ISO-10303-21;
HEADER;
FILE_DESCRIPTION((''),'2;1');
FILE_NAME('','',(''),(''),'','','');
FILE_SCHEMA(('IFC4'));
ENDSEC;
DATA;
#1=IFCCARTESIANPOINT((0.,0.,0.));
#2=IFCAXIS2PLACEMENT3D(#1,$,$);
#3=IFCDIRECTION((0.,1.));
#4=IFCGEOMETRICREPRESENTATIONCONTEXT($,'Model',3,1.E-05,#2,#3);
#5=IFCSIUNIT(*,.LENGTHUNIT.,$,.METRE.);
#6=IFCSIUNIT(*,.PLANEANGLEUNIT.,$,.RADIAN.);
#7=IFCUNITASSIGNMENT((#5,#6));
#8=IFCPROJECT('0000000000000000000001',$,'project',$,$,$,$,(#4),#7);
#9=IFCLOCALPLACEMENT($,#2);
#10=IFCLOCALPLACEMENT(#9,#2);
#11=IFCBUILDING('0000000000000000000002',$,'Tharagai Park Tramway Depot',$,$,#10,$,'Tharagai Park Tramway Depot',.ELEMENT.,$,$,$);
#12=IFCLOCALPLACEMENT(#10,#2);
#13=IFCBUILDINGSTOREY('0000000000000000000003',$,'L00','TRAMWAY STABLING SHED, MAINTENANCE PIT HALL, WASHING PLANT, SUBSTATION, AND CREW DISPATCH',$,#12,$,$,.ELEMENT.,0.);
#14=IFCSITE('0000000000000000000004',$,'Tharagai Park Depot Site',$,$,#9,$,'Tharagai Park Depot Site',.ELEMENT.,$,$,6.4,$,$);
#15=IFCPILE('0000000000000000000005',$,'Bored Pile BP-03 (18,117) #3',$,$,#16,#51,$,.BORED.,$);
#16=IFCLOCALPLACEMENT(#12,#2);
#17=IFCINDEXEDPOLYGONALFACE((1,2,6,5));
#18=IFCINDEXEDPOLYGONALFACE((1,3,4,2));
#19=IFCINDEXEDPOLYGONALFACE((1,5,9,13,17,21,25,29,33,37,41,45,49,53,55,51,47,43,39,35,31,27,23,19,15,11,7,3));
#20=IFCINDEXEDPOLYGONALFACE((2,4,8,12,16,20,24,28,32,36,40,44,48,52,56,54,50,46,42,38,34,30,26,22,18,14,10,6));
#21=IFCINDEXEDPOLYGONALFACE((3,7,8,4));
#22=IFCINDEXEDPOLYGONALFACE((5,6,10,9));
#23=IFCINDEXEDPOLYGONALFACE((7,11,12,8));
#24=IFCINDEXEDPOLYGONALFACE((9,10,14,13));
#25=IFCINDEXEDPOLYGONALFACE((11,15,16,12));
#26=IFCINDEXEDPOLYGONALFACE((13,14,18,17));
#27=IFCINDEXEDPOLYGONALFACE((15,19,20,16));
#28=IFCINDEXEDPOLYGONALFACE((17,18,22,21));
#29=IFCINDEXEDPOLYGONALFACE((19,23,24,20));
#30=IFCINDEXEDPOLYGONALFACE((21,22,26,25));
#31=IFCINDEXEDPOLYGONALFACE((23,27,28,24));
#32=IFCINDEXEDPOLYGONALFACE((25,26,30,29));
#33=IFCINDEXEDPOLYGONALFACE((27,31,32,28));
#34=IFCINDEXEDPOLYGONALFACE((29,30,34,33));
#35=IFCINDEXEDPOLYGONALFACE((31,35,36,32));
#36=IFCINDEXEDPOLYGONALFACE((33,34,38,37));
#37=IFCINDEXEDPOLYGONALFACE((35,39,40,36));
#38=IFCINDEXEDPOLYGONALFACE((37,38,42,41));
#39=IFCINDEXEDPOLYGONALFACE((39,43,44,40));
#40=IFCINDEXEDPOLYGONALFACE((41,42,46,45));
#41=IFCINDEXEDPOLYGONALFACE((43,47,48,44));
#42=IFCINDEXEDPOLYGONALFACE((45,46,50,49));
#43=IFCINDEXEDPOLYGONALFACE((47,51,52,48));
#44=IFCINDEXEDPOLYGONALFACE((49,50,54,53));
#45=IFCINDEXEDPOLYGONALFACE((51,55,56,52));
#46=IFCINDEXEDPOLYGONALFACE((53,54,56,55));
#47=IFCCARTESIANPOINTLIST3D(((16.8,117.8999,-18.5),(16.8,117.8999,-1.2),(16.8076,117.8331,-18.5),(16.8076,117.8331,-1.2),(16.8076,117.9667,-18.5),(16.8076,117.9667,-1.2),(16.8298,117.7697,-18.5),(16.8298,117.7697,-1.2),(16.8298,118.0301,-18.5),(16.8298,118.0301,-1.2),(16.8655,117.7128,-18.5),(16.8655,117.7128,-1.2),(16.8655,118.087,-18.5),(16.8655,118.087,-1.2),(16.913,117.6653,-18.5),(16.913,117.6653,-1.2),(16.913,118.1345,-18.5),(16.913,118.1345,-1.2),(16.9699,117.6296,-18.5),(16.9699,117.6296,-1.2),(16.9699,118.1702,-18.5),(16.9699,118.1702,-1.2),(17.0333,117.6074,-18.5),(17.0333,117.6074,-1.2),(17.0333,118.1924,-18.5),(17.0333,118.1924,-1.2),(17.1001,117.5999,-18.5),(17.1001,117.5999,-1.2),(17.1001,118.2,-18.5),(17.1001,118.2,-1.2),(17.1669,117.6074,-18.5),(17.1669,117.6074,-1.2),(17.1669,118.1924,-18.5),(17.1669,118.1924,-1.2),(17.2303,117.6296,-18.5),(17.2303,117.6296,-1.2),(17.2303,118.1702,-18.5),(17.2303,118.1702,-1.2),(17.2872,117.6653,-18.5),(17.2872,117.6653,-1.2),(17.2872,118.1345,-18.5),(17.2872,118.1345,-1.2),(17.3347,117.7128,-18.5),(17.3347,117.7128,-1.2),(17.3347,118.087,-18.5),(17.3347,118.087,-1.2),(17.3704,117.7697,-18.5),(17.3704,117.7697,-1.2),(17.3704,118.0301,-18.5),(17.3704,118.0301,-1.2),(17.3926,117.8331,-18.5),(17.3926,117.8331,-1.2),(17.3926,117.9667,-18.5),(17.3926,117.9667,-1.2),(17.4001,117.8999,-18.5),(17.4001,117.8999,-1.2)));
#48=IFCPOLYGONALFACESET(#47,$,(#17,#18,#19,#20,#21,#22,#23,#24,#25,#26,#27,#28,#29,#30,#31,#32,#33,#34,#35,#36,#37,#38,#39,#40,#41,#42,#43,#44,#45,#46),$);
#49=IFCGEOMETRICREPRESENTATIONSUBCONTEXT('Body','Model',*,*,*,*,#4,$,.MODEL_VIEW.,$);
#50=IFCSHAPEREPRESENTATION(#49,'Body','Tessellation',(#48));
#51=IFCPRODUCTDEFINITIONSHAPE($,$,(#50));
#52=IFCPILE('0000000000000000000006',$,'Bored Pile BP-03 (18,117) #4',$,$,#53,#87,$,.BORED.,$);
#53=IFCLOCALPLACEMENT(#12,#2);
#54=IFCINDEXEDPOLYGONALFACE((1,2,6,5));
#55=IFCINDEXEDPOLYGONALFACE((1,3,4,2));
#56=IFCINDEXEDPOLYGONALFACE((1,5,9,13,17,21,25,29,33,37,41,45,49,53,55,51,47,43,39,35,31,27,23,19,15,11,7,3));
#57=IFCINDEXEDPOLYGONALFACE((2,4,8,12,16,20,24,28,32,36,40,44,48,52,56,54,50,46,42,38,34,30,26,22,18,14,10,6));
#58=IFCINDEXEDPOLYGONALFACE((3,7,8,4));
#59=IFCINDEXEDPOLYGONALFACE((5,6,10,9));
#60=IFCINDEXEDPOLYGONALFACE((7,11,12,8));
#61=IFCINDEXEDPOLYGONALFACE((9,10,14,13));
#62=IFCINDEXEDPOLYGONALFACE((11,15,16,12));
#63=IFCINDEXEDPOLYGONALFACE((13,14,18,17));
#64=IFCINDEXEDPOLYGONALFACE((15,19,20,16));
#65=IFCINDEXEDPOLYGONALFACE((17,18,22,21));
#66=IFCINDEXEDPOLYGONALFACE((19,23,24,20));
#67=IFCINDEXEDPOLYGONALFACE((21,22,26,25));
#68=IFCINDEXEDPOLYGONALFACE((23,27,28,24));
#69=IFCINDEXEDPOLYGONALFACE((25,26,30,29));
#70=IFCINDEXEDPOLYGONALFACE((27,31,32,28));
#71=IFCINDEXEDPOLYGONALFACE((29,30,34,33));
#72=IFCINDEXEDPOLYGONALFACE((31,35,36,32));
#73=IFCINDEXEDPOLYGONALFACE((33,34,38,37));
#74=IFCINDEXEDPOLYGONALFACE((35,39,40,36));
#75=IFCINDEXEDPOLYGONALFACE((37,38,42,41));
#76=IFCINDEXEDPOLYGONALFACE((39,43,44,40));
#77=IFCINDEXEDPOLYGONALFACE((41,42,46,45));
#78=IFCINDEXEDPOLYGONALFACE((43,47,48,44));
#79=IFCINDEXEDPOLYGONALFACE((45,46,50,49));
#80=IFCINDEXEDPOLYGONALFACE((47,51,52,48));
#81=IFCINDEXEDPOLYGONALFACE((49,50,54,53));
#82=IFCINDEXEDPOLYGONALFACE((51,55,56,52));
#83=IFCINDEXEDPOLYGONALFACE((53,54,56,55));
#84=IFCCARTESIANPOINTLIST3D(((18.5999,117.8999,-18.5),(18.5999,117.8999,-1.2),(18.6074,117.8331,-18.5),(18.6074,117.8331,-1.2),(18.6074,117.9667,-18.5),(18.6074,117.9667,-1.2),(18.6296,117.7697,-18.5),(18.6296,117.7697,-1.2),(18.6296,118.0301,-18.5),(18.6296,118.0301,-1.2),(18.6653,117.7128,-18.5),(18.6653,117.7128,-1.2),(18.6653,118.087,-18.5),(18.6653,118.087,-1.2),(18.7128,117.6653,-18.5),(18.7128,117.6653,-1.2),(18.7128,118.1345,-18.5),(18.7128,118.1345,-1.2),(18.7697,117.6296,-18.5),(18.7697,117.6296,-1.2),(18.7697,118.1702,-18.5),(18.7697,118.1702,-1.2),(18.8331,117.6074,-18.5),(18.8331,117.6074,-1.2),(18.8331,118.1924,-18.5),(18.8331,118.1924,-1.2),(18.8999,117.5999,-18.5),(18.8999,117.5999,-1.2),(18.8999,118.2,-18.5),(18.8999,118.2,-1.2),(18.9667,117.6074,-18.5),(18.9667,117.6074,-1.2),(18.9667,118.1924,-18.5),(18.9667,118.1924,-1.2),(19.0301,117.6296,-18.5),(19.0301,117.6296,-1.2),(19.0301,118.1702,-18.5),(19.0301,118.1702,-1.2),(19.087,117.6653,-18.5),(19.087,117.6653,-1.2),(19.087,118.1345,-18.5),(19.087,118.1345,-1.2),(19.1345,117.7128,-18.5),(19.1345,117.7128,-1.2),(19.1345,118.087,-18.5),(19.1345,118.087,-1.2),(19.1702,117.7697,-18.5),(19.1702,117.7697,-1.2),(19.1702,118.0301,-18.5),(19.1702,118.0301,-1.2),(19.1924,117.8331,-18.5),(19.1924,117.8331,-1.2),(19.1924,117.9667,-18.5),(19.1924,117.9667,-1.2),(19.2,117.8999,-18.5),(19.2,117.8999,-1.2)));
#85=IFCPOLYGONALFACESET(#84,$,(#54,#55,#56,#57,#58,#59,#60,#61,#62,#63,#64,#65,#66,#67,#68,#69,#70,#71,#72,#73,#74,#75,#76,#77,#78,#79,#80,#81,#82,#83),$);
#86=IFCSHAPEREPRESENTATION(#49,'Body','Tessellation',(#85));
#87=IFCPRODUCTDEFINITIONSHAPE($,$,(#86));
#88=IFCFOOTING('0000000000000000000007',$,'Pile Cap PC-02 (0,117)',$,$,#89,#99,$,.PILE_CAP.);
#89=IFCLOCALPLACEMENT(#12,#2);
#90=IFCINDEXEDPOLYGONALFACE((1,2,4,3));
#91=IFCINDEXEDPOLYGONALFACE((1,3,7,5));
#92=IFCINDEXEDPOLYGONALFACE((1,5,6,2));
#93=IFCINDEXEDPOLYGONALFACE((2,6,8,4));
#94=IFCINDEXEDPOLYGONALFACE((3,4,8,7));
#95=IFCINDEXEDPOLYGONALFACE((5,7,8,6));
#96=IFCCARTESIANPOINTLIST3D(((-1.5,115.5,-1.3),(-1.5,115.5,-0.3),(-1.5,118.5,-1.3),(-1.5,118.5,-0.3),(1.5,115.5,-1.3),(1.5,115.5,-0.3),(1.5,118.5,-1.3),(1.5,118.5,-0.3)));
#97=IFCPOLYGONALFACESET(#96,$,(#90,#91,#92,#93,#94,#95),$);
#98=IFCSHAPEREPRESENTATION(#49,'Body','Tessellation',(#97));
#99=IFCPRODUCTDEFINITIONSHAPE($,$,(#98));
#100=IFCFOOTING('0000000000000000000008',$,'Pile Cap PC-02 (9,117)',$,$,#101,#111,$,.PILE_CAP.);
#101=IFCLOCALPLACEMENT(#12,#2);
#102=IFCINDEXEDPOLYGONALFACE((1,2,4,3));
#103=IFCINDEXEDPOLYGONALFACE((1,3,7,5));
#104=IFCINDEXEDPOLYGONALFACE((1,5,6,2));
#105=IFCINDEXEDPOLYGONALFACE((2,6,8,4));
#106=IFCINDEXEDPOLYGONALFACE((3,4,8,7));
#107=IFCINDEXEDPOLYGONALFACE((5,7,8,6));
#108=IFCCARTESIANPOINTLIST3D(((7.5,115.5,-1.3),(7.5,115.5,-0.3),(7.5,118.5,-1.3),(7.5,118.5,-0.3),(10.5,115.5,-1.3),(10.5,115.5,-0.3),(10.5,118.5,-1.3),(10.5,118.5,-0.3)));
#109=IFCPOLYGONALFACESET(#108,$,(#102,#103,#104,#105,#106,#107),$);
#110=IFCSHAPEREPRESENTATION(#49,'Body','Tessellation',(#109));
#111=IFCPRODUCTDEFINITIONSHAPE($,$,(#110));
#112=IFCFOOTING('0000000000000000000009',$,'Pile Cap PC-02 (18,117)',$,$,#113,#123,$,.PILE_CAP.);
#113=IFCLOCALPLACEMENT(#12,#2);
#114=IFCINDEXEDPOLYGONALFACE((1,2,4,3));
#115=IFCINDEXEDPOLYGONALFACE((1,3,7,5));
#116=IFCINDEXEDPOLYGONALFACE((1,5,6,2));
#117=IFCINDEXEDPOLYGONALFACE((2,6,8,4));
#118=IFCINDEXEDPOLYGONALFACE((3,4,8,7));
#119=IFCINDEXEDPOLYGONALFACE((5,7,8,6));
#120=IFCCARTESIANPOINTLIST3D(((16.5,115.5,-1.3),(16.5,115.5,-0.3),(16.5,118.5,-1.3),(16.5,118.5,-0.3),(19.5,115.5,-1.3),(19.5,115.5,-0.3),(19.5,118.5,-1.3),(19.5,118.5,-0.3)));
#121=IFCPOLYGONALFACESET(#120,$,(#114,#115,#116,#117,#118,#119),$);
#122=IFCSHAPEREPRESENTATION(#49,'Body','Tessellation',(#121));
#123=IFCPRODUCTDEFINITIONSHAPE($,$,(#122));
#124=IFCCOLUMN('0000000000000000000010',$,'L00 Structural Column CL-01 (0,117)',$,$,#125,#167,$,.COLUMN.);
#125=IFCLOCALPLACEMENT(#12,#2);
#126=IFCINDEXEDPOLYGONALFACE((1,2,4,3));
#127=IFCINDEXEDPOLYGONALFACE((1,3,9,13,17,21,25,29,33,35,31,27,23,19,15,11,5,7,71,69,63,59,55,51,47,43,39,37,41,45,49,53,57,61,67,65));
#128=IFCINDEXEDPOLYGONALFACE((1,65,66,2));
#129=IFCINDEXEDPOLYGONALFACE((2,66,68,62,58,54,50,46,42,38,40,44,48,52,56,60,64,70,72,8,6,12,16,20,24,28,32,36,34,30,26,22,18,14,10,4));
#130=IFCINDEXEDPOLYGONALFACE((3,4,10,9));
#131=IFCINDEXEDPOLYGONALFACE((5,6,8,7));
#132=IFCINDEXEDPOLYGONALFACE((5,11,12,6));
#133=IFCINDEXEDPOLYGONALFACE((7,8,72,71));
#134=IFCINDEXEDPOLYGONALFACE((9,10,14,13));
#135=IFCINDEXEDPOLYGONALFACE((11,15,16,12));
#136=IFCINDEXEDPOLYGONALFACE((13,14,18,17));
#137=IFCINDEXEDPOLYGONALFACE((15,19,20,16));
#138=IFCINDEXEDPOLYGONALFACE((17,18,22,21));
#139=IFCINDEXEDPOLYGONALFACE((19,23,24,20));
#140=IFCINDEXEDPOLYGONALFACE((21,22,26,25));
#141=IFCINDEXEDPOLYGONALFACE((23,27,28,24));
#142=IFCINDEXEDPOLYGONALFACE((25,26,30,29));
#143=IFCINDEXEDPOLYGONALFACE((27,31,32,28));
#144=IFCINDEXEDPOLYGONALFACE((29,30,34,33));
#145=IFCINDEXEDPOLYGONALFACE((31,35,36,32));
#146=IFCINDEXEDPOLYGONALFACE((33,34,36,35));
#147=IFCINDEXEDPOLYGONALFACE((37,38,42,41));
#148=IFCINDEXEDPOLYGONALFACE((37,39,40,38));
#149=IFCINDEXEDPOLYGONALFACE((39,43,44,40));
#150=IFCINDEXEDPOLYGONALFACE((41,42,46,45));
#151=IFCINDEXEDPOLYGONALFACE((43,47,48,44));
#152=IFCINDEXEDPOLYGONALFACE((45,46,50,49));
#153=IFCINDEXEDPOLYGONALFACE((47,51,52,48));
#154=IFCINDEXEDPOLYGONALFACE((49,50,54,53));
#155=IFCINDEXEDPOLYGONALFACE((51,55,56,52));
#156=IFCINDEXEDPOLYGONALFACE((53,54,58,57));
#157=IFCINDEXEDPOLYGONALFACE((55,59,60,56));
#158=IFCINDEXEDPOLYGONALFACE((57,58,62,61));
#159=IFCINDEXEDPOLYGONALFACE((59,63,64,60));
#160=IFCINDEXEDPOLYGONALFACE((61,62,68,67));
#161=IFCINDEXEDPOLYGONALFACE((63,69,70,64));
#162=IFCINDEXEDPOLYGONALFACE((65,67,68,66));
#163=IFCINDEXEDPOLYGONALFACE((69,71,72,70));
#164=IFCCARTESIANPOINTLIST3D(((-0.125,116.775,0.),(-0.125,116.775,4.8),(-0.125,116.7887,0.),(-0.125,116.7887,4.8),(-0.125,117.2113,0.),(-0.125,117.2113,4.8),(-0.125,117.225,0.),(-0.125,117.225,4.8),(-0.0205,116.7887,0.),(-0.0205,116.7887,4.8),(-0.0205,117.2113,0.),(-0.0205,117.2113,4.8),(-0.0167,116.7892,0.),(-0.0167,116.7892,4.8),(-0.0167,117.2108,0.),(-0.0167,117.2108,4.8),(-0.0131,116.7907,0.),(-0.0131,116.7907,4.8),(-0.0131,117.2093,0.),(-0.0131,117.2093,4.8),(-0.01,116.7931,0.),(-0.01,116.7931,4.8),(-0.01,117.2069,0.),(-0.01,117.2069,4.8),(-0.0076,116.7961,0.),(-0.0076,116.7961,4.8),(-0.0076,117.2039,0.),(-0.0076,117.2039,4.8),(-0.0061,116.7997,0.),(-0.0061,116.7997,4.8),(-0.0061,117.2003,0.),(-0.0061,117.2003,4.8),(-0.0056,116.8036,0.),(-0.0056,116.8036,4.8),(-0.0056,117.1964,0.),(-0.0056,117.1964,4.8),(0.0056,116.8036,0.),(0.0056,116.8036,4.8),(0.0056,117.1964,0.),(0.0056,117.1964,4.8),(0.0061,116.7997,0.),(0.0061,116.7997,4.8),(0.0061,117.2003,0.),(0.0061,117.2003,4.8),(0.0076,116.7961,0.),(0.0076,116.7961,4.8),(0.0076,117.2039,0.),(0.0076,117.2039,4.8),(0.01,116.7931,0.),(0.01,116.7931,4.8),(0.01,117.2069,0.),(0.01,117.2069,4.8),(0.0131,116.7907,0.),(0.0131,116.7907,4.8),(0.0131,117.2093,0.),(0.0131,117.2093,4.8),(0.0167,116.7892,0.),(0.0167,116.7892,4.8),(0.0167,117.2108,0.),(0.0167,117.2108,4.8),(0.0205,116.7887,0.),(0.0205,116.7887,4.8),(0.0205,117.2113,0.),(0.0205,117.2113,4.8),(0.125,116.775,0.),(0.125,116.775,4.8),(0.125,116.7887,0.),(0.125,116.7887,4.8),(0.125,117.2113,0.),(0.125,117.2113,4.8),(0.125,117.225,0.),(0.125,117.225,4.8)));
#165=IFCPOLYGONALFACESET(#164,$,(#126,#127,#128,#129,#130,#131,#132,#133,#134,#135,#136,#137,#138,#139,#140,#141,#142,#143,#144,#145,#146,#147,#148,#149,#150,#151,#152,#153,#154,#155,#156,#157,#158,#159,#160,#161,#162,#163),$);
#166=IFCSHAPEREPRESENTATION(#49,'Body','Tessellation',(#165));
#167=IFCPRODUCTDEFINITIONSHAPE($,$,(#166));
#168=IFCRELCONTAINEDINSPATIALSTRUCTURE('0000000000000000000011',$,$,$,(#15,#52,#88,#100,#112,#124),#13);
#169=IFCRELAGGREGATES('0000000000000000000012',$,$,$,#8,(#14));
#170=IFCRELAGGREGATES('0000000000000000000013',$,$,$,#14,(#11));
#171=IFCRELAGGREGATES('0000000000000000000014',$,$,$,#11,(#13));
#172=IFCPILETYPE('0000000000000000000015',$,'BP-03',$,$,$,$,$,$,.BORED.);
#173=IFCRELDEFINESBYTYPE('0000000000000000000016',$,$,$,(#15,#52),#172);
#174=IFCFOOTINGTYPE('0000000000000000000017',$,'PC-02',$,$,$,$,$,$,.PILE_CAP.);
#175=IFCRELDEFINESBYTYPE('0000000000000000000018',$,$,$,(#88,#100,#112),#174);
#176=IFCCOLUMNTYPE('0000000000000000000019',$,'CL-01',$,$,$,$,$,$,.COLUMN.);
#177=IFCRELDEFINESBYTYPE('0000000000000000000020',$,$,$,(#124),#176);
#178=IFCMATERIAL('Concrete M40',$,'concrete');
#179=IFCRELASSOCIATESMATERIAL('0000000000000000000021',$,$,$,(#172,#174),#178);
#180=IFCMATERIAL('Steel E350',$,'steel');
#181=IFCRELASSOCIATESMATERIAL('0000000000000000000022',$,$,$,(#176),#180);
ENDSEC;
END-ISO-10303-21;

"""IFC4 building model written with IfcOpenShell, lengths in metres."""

from ifc_helpers import new_model, si_unit, direction, frame, origin, origin_2d, place, context, subcontext, project, spatial, rectangle, circle, i_section, extrude, material, material_profile, profile_set, type_object, element, save


model = new_model("IFC4")

# Units and contexts
model_context = context("Model", 3, precision=1e-05, world=origin(), true_north=direction((0.0, 1.0)))
body_context = subcontext(model_context, "Body", "Model", "MODEL_VIEW")
ifc_project = project(units=[si_unit("LENGTHUNIT", "METRE"), si_unit("PLANEANGLEUNIT", "RADIAN")], contexts=[model_context])

# Site, building, storey
site_placement = place(None, origin())
site = spatial("IfcSite", under=ifc_project, at=site_placement, Name="Tharagai Park Depot Site", LongName="Tharagai Park Depot Site", CompositionType="ELEMENT", RefElevation=6.4)
building_placement = place(site_placement, origin())
building = spatial("IfcBuilding", under=site, at=building_placement, Name="Tharagai Park Tramway Depot", LongName="Tharagai Park Tramway Depot", CompositionType="ELEMENT")
storey_placement = place(building_placement, origin())
storey = spatial("IfcBuildingStorey", under=building, at=storey_placement, Name="L00", Description="TRAMWAY STABLING SHED, MAINTENANCE PIT HALL, WASHING PLANT, SUBSTATION, AND CREW DISPATCH", CompositionType="ELEMENT", Elevation=0.0)

# Piles
ifc_material_1 = material(Name="Concrete M40", Category="concrete")
ifc_material_profile_1 = material_profile(ifc_material_1, circle(Radius=0.3, at=origin_2d()), Name="PILE D600")
ifc_profile_set_1 = profile_set([ifc_material_profile_1], Name="Concrete M40")
pile_type = type_object("IfcPileType", Name="BP-03", PredefinedType="BORED", material=ifc_profile_set_1)
for number, where, z_axis, x_axis, name in (
    (1, (17.1001, 117.8999, -1.2), (0.0, 0.0, -1.0), (1.0, 0.0, 0.0), "Bored Pile BP-03 (18,117) #3"),
    (2, (18.8999, 117.8999, -1.2), (0.0, 0.0, -1.0), (1.0, 0.0, 0.0), "Bored Pile BP-03 (18,117) #4"),
):
    element("IfcPile", number, at=place(storey_placement, frame(where, z_axis=z_axis, x_axis=x_axis)), inside=storey, type_object=pile_type, Name=name, PredefinedType="BORED", context=body_context, shape_type="SweptSolid", body=[
        extrude(circle(Radius=0.3, at=origin_2d()), origin(), (0.0, 0.0, 1.0), 17.3),
    ])

# Footings
footing_type = type_object("IfcFootingType", Name="PC-02", PredefinedType="PILE_CAP", material=ifc_material_1)
for number, where, z_axis, x_axis, name in (
    (3, (0.0, 117.0, -1.3), (0.0, 0.0, 1.0), (1.0, 0.0, 0.0), "Pile Cap PC-02 (0,117)"),
    (4, (9.0, 117.0, -1.3), (0.0, 0.0, 1.0), (1.0, 0.0, 0.0), "Pile Cap PC-02 (9,117)"),
    (5, (18.0, 117.0, -1.3), (0.0, 0.0, 1.0), (1.0, 0.0, 0.0), "Pile Cap PC-02 (18,117)"),
):
    element("IfcFooting", number, at=place(storey_placement, frame(where, z_axis=z_axis, x_axis=x_axis)), inside=storey, type_object=footing_type, Name=name, PredefinedType="PILE_CAP", context=body_context, shape_type="SweptSolid", body=[
        extrude(rectangle(XDim=3.0, YDim=3.0, at=origin_2d()), origin(), (0.0, 0.0, 1.0), 1.0),
    ])

# Column
ifc_material_2 = material(Name="Steel E350", Category="steel")
ifc_material_profile_2 = material_profile(ifc_material_2, i_section(OverallWidth=0.25, OverallDepth=0.45, WebThickness=0.0112, FlangeThickness=0.0137, FilletRadius=0.0149, at=origin_2d()), Name="ISHB 450")
ifc_profile_set_2 = profile_set([ifc_material_profile_2], Name="Steel E350")
column_type_1 = type_object("IfcColumnType", Name="CL-01", PredefinedType="COLUMN", material=ifc_profile_set_2)
for number, where, z_axis, x_axis, name in (
    (6, (0.0, 117.0, 0.0), (0.0, 0.0, 1.0), (1.0, 0.0, 0.0), "L00 Structural Column CL-01 (0,117)"),
):
    element("IfcColumn", number, at=place(storey_placement, frame(where, z_axis=z_axis, x_axis=x_axis)), inside=storey, type_object=column_type_1, Name=name, PredefinedType="COLUMN", context=body_context, shape_type="SweptSolid", body=[
        extrude(i_section(OverallWidth=0.25, OverallDepth=0.45, WebThickness=0.0112, FlangeThickness=0.0137, FilletRadius=0.0149, at=origin_2d()), origin(), (0.0, 0.0, 1.0), 4.8),
    ])

save(model, "model.ifc")
